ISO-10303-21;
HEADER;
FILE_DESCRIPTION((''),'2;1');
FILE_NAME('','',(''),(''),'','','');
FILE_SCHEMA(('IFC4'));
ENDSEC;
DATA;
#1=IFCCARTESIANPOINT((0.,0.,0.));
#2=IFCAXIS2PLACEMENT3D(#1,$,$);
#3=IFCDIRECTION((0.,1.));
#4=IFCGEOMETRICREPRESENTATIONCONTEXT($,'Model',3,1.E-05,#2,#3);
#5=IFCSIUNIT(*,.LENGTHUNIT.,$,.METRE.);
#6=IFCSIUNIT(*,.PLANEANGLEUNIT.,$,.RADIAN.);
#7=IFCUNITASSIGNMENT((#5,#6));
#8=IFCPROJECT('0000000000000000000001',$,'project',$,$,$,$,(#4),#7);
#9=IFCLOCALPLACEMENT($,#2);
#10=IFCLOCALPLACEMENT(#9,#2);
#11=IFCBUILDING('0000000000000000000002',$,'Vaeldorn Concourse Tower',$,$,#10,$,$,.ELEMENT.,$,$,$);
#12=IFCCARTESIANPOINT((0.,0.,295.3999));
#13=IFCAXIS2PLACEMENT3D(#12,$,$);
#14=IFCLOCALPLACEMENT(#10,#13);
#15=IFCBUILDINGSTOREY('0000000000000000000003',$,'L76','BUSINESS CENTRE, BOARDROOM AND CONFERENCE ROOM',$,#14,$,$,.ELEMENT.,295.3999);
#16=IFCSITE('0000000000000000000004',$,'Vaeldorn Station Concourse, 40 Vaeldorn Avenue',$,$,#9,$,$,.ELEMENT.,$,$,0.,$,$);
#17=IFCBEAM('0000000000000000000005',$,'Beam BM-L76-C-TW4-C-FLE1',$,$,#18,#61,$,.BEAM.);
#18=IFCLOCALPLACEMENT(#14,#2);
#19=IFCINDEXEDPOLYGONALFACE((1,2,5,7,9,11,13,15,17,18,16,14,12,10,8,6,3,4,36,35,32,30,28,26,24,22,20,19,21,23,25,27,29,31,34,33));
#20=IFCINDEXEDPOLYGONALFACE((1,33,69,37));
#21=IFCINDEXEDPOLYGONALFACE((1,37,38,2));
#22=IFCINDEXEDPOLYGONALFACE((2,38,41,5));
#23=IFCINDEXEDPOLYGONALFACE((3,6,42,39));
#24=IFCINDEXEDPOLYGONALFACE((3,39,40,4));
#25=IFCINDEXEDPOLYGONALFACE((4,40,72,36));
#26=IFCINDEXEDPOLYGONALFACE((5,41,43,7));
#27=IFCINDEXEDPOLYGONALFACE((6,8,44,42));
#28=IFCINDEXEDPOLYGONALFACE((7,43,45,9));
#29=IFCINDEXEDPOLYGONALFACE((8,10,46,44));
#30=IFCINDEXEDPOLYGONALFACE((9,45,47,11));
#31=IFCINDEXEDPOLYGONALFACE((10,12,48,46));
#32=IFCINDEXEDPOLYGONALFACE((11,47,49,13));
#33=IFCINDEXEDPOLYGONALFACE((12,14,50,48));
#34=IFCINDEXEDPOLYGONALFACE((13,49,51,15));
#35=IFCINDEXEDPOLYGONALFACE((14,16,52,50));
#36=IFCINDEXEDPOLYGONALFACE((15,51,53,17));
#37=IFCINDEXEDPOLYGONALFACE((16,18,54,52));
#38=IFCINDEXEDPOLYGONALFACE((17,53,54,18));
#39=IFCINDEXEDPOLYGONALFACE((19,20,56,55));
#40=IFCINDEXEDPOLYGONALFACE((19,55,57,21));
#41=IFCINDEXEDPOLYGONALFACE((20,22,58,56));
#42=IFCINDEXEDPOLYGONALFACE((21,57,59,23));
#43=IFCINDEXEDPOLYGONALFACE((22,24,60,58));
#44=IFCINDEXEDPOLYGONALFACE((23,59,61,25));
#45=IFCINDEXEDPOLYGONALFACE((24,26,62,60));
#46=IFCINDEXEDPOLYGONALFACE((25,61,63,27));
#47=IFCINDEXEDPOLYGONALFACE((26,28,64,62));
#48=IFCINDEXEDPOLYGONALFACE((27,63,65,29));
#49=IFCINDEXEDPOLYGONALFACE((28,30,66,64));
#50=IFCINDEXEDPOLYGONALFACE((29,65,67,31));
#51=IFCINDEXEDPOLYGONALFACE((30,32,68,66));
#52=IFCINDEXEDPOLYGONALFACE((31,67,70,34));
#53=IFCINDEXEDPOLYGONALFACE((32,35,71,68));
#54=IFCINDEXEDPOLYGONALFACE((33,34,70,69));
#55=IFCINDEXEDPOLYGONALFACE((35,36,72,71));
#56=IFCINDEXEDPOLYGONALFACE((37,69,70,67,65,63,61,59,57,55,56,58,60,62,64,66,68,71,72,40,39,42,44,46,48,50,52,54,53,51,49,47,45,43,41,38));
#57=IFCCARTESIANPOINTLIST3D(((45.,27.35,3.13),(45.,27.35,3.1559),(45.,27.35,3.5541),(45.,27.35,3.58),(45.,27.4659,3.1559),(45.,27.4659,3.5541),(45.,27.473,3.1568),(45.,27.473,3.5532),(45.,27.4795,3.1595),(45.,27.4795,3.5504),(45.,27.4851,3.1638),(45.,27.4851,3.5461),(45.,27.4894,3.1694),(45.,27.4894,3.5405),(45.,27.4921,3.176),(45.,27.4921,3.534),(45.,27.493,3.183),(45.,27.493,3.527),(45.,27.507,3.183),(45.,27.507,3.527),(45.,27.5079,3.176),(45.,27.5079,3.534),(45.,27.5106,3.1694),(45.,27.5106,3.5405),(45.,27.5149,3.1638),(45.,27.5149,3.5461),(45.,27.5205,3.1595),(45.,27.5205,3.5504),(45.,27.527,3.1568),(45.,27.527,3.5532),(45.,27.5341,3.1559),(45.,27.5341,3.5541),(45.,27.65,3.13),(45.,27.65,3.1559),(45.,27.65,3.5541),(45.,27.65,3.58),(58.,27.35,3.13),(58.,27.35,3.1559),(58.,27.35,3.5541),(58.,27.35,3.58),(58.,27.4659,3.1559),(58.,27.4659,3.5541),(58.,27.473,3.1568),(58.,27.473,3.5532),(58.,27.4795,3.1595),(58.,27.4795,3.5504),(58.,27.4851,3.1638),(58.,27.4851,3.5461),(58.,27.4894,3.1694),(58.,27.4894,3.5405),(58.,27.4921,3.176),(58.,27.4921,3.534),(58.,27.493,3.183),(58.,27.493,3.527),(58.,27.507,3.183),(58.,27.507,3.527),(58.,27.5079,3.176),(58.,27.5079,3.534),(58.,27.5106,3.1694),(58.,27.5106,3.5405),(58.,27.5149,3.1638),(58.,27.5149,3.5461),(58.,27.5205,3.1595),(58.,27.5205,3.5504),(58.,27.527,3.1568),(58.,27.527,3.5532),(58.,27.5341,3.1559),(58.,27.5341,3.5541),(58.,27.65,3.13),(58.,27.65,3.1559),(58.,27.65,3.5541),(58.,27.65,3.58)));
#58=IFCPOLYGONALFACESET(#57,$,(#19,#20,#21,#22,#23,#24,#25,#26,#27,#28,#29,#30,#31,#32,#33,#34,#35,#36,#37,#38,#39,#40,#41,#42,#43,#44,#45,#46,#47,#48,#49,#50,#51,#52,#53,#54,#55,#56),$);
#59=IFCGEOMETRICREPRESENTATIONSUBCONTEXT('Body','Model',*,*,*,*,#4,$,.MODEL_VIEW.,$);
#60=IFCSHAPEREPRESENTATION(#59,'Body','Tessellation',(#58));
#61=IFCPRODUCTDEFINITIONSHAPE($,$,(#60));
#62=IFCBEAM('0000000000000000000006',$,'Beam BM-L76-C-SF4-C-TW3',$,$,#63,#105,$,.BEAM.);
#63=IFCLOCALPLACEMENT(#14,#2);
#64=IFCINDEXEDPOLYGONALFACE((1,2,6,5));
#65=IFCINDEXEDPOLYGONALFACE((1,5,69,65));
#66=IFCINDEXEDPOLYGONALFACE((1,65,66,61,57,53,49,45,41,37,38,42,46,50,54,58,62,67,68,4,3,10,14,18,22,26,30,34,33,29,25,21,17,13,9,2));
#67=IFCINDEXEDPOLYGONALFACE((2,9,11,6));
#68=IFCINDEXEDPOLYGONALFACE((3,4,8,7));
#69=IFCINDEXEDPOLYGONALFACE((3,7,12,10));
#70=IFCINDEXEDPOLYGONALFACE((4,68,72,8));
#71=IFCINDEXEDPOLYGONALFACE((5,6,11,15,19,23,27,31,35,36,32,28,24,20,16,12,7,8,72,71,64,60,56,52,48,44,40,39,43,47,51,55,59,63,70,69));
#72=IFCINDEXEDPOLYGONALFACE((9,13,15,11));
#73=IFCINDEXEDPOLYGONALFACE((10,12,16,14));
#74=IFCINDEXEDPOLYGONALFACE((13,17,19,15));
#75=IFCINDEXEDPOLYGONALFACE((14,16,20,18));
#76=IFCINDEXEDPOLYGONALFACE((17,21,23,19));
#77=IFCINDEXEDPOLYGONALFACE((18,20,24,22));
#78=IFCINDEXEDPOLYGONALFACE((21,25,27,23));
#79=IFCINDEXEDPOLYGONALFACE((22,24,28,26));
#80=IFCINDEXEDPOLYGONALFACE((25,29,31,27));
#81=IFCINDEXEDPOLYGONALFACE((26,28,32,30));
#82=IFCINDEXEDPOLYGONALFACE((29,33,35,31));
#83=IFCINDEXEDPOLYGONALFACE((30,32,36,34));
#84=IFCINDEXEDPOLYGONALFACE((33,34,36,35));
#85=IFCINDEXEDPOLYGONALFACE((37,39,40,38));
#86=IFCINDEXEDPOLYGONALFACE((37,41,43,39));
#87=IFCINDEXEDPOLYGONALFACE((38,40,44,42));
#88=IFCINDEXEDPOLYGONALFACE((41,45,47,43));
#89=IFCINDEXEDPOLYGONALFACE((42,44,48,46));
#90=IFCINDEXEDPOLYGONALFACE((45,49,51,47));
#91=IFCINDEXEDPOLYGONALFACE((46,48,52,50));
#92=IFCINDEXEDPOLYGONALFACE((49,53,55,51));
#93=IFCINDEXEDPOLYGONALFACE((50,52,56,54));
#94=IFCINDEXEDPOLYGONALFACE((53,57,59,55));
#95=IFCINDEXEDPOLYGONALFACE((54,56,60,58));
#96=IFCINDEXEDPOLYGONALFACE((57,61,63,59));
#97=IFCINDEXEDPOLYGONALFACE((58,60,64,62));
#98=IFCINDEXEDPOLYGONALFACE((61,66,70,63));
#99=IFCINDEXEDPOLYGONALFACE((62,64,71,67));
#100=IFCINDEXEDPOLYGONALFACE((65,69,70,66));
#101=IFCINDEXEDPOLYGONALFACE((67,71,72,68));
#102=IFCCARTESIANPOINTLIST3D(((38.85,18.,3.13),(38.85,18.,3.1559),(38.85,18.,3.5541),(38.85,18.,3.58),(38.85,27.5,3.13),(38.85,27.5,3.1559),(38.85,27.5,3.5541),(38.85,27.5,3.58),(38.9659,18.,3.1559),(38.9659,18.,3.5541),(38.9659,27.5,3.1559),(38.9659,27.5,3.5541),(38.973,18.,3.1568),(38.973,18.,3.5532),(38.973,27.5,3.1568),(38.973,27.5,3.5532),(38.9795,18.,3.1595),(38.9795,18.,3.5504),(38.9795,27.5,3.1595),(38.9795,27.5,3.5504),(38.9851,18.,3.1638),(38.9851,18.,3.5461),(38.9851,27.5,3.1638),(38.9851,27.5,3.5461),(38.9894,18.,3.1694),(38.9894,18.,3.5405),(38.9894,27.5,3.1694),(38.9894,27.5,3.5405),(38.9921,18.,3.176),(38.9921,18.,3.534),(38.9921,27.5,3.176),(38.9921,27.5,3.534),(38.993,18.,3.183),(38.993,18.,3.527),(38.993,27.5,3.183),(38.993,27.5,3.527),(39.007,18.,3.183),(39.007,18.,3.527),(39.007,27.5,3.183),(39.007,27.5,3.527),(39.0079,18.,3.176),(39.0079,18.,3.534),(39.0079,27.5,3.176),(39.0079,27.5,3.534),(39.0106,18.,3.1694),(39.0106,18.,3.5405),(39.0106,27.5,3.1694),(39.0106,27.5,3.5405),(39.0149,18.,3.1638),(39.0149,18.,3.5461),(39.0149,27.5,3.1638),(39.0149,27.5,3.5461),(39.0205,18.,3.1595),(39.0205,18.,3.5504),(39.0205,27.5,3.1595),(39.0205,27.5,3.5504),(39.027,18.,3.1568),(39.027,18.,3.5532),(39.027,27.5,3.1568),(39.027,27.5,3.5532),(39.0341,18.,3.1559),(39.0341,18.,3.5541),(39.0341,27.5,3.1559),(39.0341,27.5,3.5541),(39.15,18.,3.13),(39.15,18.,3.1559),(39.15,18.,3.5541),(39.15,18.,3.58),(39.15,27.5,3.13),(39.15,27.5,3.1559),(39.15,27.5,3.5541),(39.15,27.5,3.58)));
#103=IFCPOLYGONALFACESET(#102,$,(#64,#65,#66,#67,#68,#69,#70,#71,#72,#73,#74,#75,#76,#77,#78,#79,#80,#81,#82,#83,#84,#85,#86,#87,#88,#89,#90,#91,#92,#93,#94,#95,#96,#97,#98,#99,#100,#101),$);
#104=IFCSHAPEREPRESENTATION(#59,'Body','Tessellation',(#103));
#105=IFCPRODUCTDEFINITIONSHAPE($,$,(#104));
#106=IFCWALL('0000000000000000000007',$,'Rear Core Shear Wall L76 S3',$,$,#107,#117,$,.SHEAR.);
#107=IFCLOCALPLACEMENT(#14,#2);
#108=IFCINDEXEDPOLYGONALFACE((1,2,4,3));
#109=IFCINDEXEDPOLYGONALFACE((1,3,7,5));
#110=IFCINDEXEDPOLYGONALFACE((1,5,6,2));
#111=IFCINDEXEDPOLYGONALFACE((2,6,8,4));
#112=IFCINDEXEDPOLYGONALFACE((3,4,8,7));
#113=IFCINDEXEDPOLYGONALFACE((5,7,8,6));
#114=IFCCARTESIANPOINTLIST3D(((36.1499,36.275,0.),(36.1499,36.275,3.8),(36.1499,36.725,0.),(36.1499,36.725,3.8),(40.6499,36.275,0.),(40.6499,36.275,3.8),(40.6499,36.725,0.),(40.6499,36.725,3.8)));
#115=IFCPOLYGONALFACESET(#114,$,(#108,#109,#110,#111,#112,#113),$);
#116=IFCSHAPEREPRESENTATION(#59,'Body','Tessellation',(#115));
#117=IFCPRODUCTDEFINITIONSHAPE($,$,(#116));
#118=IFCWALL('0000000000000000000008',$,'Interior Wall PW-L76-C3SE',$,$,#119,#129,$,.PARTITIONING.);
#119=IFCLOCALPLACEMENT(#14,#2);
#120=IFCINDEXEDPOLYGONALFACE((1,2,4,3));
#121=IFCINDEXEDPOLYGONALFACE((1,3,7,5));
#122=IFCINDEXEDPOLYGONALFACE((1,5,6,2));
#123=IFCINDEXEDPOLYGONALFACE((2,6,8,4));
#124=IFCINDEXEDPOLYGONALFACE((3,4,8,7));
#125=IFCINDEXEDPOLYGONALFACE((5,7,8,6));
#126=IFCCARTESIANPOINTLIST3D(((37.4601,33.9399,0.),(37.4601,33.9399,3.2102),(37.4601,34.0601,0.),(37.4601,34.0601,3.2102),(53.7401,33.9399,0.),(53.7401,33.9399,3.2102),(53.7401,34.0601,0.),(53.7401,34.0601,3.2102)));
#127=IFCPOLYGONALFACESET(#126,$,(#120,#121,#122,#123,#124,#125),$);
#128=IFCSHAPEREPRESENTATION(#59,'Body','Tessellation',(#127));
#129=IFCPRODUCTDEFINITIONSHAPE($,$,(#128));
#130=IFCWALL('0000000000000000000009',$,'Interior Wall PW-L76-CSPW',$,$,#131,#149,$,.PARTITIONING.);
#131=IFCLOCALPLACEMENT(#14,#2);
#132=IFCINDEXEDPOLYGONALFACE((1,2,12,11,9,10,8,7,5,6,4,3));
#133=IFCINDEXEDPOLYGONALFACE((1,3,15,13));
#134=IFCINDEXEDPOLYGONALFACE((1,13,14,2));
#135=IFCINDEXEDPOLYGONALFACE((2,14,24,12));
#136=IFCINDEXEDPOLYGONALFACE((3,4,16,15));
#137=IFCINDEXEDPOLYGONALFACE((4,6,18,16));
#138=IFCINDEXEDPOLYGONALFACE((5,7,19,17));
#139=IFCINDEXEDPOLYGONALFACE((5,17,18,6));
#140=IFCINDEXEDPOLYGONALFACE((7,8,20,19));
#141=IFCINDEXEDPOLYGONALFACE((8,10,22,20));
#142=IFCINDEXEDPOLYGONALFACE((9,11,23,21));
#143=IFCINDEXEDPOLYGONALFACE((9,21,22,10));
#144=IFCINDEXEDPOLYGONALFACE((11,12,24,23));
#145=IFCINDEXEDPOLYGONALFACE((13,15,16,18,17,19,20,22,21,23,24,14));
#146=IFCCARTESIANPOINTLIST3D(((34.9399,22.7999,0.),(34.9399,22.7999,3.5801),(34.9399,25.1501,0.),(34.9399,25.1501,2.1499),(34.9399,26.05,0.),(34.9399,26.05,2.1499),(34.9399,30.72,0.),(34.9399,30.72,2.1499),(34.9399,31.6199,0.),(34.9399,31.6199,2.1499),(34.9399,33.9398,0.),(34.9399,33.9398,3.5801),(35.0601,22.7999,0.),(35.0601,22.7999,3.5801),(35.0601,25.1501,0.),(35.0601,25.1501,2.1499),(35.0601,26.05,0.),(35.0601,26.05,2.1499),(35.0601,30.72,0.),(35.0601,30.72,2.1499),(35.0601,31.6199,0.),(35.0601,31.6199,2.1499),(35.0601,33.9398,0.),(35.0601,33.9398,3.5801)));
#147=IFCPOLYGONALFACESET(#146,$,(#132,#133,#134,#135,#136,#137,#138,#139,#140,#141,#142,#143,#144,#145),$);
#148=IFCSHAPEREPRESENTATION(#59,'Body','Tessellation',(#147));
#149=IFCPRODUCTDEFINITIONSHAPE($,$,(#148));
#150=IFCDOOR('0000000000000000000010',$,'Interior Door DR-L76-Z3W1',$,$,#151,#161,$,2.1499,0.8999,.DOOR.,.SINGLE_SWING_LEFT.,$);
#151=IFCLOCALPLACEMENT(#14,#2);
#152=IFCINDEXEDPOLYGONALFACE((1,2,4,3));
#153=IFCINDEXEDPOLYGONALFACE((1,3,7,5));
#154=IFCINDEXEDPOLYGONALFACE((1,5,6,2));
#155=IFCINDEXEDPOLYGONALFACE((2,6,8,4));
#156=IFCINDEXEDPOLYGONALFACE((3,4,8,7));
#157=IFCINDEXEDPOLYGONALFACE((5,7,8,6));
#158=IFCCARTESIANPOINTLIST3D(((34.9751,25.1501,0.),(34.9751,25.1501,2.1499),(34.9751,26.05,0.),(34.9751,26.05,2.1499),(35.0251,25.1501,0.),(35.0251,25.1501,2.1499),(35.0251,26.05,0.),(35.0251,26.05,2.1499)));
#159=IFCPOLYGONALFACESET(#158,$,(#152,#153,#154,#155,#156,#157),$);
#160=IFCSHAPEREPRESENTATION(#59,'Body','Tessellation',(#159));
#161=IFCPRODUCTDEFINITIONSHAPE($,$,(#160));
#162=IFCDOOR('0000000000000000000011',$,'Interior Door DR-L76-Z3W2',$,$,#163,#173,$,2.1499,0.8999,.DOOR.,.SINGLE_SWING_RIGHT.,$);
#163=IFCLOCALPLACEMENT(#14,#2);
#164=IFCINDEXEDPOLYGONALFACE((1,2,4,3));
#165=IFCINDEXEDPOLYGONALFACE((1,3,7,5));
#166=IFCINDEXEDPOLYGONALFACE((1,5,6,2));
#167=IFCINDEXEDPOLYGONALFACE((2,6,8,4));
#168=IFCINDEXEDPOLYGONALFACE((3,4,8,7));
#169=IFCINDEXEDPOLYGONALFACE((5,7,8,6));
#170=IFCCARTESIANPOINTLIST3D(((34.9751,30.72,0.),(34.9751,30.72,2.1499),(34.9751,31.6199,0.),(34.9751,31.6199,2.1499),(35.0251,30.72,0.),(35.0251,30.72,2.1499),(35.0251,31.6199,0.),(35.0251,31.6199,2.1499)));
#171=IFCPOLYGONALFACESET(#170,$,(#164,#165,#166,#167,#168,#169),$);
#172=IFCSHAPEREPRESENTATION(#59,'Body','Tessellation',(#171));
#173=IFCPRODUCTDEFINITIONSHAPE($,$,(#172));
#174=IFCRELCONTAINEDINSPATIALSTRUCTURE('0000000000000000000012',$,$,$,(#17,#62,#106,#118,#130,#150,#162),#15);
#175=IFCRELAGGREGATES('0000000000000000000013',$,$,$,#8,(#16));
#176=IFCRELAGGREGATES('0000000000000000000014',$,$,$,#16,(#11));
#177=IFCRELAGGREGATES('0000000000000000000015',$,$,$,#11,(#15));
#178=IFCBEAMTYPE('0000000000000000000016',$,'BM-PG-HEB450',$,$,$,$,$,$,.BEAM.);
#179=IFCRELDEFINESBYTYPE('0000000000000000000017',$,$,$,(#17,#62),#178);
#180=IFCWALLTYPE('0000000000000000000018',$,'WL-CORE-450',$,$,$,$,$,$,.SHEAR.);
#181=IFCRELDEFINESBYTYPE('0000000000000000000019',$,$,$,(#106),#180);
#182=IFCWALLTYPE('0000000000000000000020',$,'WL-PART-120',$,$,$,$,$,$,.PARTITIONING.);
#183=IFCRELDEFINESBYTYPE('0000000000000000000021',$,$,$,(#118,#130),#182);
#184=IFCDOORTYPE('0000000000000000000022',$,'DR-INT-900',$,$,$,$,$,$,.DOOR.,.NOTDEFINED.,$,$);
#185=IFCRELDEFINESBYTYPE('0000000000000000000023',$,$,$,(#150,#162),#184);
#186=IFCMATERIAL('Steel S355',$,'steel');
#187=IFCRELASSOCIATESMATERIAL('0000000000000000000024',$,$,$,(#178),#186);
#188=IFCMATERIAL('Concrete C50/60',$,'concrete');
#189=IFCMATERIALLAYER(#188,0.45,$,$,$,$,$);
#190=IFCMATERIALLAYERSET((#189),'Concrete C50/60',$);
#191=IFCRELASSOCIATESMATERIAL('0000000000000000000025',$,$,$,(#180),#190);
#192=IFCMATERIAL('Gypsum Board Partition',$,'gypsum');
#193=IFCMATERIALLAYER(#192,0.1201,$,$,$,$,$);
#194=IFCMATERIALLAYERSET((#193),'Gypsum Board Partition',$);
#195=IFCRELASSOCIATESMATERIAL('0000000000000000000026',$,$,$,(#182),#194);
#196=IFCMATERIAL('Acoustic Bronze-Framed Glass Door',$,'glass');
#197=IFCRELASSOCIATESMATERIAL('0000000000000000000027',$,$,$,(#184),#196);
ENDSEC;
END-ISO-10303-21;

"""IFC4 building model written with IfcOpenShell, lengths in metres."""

from ifc_helpers import new_model, si_unit, direction, frame, frame_2d, origin, origin_2d, place, context, subcontext, project, spatial, rectangle, i_section, extrude, source, transform, mapped, material, layer, layer_set, material_profile, profile_set, type_object, element, fill, save


model = new_model("IFC4")

# Units and contexts
model_context = context("Model", 3, precision=1e-05, world=origin(), true_north=direction((0.0, 1.0)))
body_context = subcontext(model_context, "Body", "Model", "MODEL_VIEW")
ifc_project = project(units=[si_unit("LENGTHUNIT", "METRE"), si_unit("PLANEANGLEUNIT", "RADIAN")], contexts=[model_context])

# Site, building, storey
site_placement = place(None, origin())
site = spatial("IfcSite", under=ifc_project, at=site_placement, Name="Vaeldorn Station Concourse, 40 Vaeldorn Avenue", CompositionType="ELEMENT", RefElevation=0.0)
building_placement = place(site_placement, origin())
building = spatial("IfcBuilding", under=site, at=building_placement, Name="Vaeldorn Concourse Tower", CompositionType="ELEMENT")
storey_placement = place(building_placement, frame((0.0, 0.0, 295.3999)))
storey = spatial("IfcBuildingStorey", under=building, at=storey_placement, Name="L76", Description="BUSINESS CENTRE, BOARDROOM AND CONFERENCE ROOM", CompositionType="ELEMENT", Elevation=295.3999)

# Shared definitions
ifc_material_1 = material(Name="Steel S355", Category="steel")

# Beams
ifc_material_profile_1 = material_profile(ifc_material_1, i_section(OverallWidth=0.3, OverallDepth=0.45, WebThickness=0.0139, FlangeThickness=0.0259, FilletRadius=0.0271, at=origin_2d()), Name="HEB 450")
ifc_profile_set_1 = profile_set([ifc_material_profile_1], Name="Steel S355")
beam_type_1 = type_object("IfcBeamType", Name="BM-PG-HEB450", PredefinedType="BEAM", material=ifc_profile_set_1)
shared_shape_1 = source(origin(), body_context, "Body", "SweptSolid", [
    extrude(i_section(OverallWidth=0.3, OverallDepth=0.45, WebThickness=0.0139, FlangeThickness=0.0259, FilletRadius=0.0271, at=origin_2d()), origin(), (0.0, 0.0, 1.0), 13.0),
])
beam_1_placement = place(storey_placement, frame((45.0, 27.5, 3.355), z_axis=(1.0, 0.0, 0.0), x_axis=(0.0, 1.0, 0.0)))
element("IfcBeam", 1, at=beam_1_placement, inside=storey, type_object=beam_type_1, Name="Beam BM-L76-C-TW4-C-FLE1", PredefinedType="BEAM", context=body_context, shape_type="MappedRepresentation", body=[
    mapped(shared_shape_1, transform((0.0, 0.0, 0.0), scale=1.0)),
])
shared_shape_2 = source(origin(), body_context, "Body", "SweptSolid", [
    extrude(i_section(OverallWidth=0.3, OverallDepth=0.45, WebThickness=0.0139, FlangeThickness=0.0259, FilletRadius=0.0271, at=origin_2d()), origin(), (0.0, 0.0, 1.0), 9.5),
])
beam_2_placement = place(storey_placement, frame((39.0, 18.0, 3.355), z_axis=(0.0, 1.0, 0.0), x_axis=(-1.0, 0.0, 0.0)))
element("IfcBeam", 2, at=beam_2_placement, inside=storey, type_object=beam_type_1, Name="Beam BM-L76-C-SF4-C-TW3", PredefinedType="BEAM", context=body_context, shape_type="MappedRepresentation", body=[
    mapped(shared_shape_2, transform((0.0, 0.0, 0.0), scale=1.0)),
])

# Walls
ifc_material_2 = material(Name="Concrete C50/60", Category="concrete")
ifc_layer_1 = layer(ifc_material_2, 0.45)
ifc_layer_set_1 = layer_set([ifc_layer_1], Name="Concrete C50/60")
wall_type_1 = type_object("IfcWallType", Name="WL-CORE-450", PredefinedType="SHEAR", material=ifc_layer_set_1)
wall_1_placement = place(storey_placement, frame((36.1499, 36.5, 0.0), z_axis=(0.0, 0.0, 1.0), x_axis=(1.0, 0.0, 0.0)))
element("IfcWall", 3, at=wall_1_placement, inside=storey, type_object=wall_type_1, Name="Rear Core Shear Wall L76 S3", PredefinedType="SHEAR", context=body_context, shape_type="SweptSolid", body=[
    extrude(rectangle(XDim=4.5, YDim=0.45, at=frame_2d((2.25, 0.0))), origin(), (0.0, 0.0, 1.0), 3.8),
])
ifc_material_3 = material(Name="Gypsum Board Partition", Category="gypsum")
ifc_layer_2 = layer(ifc_material_3, 0.1201)
ifc_layer_set_2 = layer_set([ifc_layer_2], Name="Gypsum Board Partition")
wall_type_2 = type_object("IfcWallType", Name="WL-PART-120", PredefinedType="PARTITIONING", material=ifc_layer_set_2)
wall_2_placement = place(storey_placement, frame((37.46, 34.0, 0.0), z_axis=(0.0, 0.0, 1.0), x_axis=(1.0, 0.0, 0.0)))
element("IfcWall", 4, at=wall_2_placement, inside=storey, type_object=wall_type_2, Name="Interior Wall PW-L76-C3SE", PredefinedType="PARTITIONING", context=body_context, shape_type="SweptSolid", body=[
    extrude(rectangle(XDim=16.28, YDim=0.1201, at=frame_2d((8.1401, 0.0))), origin(), (0.0, 0.0, 1.0), 3.2102),
])

# Wall, openings, doors
wall_3_placement = place(storey_placement, frame((35.0, 22.8, 0.0), z_axis=(0.0, 0.0, 1.0), x_axis=(0.0, 1.0, 0.0)))
wall_3 = element("IfcWall", 5, at=wall_3_placement, inside=storey, type_object=wall_type_2, Name="Interior Wall PW-L76-CSPW", PredefinedType="PARTITIONING", context=body_context, shape_type="SweptSolid", body=[
    extrude(rectangle(XDim=11.1399, YDim=0.1201, at=frame_2d((5.5698, 0.0))), origin(), (0.0, 0.0, 1.0), 3.5801),
])
opening_1_placement = place(wall_3_placement, frame((2.3501, 0.0, 0.0)))
opening_1 = element("IfcOpeningElement", 6, at=opening_1_placement, cuts=wall_3, PredefinedType="OPENING", context=body_context, shape_type="SweptSolid", body=[
    extrude(rectangle(XDim=0.8999, YDim=2.1499, at=frame_2d((0.45, 1.075))), frame((0.0, 0.0701, 0.0), z_axis=(0.0, -1.0, 0.0), x_axis=(1.0, 0.0, 0.0)), (0.0, 0.0, 1.0), 0.1401),
])
opening_2_placement = place(wall_3_placement, frame((7.9199, 0.0, 0.0)))
opening_2 = element("IfcOpeningElement", 7, at=opening_2_placement, cuts=wall_3, PredefinedType="OPENING", context=body_context, shape_type="SweptSolid", body=[
    extrude(rectangle(XDim=0.8999, YDim=2.1499, at=frame_2d((0.45, 1.075))), frame((0.0, 0.0701, 0.0), z_axis=(0.0, -1.0, 0.0), x_axis=(1.0, 0.0, 0.0)), (0.0, 0.0, 1.0), 0.1401),
])
ifc_material_4 = material(Name="Acoustic Bronze-Framed Glass Door", Category="glass")
door_type_1 = type_object("IfcDoorType", Name="DR-INT-900", OperationType="NOTDEFINED", PredefinedType="DOOR", material=ifc_material_4)
shared_shape_3 = source(origin(), body_context, "Body", "SweptSolid", [
    extrude(rectangle(XDim=0.8999, YDim=2.1499, at=frame_2d((0.45, 1.075))), frame((0.0, 0.0249, 0.0), z_axis=(0.0, -1.0, 0.0), x_axis=(1.0, 0.0, 0.0)), (0.0, 0.0, 1.0), 0.05),
])
door_1_placement = place(opening_1_placement, origin())
door_1 = element("IfcDoor", 8, at=door_1_placement, inside=storey, type_object=door_type_1, Name="Interior Door DR-L76-Z3W1", OperationType="SINGLE_SWING_LEFT", OverallHeight=2.1499, OverallWidth=0.8999, PredefinedType="DOOR", context=body_context, shape_type="MappedRepresentation", body=[
    mapped(shared_shape_3, transform((0.0, 0.0, 0.0), scale=1.0)),
])
fill(opening_1, door_1)
door_2_placement = place(opening_2_placement, origin())
door_2 = element("IfcDoor", 9, at=door_2_placement, inside=storey, type_object=door_type_1, Name="Interior Door DR-L76-Z3W2", OperationType="SINGLE_SWING_RIGHT", OverallHeight=2.1499, OverallWidth=0.8999, PredefinedType="DOOR", context=body_context, shape_type="MappedRepresentation", body=[
    mapped(shared_shape_3, transform((0.0, 0.0, 0.0), scale=1.0)),
])
fill(opening_2, door_2)

save(model, "model.ifc")
